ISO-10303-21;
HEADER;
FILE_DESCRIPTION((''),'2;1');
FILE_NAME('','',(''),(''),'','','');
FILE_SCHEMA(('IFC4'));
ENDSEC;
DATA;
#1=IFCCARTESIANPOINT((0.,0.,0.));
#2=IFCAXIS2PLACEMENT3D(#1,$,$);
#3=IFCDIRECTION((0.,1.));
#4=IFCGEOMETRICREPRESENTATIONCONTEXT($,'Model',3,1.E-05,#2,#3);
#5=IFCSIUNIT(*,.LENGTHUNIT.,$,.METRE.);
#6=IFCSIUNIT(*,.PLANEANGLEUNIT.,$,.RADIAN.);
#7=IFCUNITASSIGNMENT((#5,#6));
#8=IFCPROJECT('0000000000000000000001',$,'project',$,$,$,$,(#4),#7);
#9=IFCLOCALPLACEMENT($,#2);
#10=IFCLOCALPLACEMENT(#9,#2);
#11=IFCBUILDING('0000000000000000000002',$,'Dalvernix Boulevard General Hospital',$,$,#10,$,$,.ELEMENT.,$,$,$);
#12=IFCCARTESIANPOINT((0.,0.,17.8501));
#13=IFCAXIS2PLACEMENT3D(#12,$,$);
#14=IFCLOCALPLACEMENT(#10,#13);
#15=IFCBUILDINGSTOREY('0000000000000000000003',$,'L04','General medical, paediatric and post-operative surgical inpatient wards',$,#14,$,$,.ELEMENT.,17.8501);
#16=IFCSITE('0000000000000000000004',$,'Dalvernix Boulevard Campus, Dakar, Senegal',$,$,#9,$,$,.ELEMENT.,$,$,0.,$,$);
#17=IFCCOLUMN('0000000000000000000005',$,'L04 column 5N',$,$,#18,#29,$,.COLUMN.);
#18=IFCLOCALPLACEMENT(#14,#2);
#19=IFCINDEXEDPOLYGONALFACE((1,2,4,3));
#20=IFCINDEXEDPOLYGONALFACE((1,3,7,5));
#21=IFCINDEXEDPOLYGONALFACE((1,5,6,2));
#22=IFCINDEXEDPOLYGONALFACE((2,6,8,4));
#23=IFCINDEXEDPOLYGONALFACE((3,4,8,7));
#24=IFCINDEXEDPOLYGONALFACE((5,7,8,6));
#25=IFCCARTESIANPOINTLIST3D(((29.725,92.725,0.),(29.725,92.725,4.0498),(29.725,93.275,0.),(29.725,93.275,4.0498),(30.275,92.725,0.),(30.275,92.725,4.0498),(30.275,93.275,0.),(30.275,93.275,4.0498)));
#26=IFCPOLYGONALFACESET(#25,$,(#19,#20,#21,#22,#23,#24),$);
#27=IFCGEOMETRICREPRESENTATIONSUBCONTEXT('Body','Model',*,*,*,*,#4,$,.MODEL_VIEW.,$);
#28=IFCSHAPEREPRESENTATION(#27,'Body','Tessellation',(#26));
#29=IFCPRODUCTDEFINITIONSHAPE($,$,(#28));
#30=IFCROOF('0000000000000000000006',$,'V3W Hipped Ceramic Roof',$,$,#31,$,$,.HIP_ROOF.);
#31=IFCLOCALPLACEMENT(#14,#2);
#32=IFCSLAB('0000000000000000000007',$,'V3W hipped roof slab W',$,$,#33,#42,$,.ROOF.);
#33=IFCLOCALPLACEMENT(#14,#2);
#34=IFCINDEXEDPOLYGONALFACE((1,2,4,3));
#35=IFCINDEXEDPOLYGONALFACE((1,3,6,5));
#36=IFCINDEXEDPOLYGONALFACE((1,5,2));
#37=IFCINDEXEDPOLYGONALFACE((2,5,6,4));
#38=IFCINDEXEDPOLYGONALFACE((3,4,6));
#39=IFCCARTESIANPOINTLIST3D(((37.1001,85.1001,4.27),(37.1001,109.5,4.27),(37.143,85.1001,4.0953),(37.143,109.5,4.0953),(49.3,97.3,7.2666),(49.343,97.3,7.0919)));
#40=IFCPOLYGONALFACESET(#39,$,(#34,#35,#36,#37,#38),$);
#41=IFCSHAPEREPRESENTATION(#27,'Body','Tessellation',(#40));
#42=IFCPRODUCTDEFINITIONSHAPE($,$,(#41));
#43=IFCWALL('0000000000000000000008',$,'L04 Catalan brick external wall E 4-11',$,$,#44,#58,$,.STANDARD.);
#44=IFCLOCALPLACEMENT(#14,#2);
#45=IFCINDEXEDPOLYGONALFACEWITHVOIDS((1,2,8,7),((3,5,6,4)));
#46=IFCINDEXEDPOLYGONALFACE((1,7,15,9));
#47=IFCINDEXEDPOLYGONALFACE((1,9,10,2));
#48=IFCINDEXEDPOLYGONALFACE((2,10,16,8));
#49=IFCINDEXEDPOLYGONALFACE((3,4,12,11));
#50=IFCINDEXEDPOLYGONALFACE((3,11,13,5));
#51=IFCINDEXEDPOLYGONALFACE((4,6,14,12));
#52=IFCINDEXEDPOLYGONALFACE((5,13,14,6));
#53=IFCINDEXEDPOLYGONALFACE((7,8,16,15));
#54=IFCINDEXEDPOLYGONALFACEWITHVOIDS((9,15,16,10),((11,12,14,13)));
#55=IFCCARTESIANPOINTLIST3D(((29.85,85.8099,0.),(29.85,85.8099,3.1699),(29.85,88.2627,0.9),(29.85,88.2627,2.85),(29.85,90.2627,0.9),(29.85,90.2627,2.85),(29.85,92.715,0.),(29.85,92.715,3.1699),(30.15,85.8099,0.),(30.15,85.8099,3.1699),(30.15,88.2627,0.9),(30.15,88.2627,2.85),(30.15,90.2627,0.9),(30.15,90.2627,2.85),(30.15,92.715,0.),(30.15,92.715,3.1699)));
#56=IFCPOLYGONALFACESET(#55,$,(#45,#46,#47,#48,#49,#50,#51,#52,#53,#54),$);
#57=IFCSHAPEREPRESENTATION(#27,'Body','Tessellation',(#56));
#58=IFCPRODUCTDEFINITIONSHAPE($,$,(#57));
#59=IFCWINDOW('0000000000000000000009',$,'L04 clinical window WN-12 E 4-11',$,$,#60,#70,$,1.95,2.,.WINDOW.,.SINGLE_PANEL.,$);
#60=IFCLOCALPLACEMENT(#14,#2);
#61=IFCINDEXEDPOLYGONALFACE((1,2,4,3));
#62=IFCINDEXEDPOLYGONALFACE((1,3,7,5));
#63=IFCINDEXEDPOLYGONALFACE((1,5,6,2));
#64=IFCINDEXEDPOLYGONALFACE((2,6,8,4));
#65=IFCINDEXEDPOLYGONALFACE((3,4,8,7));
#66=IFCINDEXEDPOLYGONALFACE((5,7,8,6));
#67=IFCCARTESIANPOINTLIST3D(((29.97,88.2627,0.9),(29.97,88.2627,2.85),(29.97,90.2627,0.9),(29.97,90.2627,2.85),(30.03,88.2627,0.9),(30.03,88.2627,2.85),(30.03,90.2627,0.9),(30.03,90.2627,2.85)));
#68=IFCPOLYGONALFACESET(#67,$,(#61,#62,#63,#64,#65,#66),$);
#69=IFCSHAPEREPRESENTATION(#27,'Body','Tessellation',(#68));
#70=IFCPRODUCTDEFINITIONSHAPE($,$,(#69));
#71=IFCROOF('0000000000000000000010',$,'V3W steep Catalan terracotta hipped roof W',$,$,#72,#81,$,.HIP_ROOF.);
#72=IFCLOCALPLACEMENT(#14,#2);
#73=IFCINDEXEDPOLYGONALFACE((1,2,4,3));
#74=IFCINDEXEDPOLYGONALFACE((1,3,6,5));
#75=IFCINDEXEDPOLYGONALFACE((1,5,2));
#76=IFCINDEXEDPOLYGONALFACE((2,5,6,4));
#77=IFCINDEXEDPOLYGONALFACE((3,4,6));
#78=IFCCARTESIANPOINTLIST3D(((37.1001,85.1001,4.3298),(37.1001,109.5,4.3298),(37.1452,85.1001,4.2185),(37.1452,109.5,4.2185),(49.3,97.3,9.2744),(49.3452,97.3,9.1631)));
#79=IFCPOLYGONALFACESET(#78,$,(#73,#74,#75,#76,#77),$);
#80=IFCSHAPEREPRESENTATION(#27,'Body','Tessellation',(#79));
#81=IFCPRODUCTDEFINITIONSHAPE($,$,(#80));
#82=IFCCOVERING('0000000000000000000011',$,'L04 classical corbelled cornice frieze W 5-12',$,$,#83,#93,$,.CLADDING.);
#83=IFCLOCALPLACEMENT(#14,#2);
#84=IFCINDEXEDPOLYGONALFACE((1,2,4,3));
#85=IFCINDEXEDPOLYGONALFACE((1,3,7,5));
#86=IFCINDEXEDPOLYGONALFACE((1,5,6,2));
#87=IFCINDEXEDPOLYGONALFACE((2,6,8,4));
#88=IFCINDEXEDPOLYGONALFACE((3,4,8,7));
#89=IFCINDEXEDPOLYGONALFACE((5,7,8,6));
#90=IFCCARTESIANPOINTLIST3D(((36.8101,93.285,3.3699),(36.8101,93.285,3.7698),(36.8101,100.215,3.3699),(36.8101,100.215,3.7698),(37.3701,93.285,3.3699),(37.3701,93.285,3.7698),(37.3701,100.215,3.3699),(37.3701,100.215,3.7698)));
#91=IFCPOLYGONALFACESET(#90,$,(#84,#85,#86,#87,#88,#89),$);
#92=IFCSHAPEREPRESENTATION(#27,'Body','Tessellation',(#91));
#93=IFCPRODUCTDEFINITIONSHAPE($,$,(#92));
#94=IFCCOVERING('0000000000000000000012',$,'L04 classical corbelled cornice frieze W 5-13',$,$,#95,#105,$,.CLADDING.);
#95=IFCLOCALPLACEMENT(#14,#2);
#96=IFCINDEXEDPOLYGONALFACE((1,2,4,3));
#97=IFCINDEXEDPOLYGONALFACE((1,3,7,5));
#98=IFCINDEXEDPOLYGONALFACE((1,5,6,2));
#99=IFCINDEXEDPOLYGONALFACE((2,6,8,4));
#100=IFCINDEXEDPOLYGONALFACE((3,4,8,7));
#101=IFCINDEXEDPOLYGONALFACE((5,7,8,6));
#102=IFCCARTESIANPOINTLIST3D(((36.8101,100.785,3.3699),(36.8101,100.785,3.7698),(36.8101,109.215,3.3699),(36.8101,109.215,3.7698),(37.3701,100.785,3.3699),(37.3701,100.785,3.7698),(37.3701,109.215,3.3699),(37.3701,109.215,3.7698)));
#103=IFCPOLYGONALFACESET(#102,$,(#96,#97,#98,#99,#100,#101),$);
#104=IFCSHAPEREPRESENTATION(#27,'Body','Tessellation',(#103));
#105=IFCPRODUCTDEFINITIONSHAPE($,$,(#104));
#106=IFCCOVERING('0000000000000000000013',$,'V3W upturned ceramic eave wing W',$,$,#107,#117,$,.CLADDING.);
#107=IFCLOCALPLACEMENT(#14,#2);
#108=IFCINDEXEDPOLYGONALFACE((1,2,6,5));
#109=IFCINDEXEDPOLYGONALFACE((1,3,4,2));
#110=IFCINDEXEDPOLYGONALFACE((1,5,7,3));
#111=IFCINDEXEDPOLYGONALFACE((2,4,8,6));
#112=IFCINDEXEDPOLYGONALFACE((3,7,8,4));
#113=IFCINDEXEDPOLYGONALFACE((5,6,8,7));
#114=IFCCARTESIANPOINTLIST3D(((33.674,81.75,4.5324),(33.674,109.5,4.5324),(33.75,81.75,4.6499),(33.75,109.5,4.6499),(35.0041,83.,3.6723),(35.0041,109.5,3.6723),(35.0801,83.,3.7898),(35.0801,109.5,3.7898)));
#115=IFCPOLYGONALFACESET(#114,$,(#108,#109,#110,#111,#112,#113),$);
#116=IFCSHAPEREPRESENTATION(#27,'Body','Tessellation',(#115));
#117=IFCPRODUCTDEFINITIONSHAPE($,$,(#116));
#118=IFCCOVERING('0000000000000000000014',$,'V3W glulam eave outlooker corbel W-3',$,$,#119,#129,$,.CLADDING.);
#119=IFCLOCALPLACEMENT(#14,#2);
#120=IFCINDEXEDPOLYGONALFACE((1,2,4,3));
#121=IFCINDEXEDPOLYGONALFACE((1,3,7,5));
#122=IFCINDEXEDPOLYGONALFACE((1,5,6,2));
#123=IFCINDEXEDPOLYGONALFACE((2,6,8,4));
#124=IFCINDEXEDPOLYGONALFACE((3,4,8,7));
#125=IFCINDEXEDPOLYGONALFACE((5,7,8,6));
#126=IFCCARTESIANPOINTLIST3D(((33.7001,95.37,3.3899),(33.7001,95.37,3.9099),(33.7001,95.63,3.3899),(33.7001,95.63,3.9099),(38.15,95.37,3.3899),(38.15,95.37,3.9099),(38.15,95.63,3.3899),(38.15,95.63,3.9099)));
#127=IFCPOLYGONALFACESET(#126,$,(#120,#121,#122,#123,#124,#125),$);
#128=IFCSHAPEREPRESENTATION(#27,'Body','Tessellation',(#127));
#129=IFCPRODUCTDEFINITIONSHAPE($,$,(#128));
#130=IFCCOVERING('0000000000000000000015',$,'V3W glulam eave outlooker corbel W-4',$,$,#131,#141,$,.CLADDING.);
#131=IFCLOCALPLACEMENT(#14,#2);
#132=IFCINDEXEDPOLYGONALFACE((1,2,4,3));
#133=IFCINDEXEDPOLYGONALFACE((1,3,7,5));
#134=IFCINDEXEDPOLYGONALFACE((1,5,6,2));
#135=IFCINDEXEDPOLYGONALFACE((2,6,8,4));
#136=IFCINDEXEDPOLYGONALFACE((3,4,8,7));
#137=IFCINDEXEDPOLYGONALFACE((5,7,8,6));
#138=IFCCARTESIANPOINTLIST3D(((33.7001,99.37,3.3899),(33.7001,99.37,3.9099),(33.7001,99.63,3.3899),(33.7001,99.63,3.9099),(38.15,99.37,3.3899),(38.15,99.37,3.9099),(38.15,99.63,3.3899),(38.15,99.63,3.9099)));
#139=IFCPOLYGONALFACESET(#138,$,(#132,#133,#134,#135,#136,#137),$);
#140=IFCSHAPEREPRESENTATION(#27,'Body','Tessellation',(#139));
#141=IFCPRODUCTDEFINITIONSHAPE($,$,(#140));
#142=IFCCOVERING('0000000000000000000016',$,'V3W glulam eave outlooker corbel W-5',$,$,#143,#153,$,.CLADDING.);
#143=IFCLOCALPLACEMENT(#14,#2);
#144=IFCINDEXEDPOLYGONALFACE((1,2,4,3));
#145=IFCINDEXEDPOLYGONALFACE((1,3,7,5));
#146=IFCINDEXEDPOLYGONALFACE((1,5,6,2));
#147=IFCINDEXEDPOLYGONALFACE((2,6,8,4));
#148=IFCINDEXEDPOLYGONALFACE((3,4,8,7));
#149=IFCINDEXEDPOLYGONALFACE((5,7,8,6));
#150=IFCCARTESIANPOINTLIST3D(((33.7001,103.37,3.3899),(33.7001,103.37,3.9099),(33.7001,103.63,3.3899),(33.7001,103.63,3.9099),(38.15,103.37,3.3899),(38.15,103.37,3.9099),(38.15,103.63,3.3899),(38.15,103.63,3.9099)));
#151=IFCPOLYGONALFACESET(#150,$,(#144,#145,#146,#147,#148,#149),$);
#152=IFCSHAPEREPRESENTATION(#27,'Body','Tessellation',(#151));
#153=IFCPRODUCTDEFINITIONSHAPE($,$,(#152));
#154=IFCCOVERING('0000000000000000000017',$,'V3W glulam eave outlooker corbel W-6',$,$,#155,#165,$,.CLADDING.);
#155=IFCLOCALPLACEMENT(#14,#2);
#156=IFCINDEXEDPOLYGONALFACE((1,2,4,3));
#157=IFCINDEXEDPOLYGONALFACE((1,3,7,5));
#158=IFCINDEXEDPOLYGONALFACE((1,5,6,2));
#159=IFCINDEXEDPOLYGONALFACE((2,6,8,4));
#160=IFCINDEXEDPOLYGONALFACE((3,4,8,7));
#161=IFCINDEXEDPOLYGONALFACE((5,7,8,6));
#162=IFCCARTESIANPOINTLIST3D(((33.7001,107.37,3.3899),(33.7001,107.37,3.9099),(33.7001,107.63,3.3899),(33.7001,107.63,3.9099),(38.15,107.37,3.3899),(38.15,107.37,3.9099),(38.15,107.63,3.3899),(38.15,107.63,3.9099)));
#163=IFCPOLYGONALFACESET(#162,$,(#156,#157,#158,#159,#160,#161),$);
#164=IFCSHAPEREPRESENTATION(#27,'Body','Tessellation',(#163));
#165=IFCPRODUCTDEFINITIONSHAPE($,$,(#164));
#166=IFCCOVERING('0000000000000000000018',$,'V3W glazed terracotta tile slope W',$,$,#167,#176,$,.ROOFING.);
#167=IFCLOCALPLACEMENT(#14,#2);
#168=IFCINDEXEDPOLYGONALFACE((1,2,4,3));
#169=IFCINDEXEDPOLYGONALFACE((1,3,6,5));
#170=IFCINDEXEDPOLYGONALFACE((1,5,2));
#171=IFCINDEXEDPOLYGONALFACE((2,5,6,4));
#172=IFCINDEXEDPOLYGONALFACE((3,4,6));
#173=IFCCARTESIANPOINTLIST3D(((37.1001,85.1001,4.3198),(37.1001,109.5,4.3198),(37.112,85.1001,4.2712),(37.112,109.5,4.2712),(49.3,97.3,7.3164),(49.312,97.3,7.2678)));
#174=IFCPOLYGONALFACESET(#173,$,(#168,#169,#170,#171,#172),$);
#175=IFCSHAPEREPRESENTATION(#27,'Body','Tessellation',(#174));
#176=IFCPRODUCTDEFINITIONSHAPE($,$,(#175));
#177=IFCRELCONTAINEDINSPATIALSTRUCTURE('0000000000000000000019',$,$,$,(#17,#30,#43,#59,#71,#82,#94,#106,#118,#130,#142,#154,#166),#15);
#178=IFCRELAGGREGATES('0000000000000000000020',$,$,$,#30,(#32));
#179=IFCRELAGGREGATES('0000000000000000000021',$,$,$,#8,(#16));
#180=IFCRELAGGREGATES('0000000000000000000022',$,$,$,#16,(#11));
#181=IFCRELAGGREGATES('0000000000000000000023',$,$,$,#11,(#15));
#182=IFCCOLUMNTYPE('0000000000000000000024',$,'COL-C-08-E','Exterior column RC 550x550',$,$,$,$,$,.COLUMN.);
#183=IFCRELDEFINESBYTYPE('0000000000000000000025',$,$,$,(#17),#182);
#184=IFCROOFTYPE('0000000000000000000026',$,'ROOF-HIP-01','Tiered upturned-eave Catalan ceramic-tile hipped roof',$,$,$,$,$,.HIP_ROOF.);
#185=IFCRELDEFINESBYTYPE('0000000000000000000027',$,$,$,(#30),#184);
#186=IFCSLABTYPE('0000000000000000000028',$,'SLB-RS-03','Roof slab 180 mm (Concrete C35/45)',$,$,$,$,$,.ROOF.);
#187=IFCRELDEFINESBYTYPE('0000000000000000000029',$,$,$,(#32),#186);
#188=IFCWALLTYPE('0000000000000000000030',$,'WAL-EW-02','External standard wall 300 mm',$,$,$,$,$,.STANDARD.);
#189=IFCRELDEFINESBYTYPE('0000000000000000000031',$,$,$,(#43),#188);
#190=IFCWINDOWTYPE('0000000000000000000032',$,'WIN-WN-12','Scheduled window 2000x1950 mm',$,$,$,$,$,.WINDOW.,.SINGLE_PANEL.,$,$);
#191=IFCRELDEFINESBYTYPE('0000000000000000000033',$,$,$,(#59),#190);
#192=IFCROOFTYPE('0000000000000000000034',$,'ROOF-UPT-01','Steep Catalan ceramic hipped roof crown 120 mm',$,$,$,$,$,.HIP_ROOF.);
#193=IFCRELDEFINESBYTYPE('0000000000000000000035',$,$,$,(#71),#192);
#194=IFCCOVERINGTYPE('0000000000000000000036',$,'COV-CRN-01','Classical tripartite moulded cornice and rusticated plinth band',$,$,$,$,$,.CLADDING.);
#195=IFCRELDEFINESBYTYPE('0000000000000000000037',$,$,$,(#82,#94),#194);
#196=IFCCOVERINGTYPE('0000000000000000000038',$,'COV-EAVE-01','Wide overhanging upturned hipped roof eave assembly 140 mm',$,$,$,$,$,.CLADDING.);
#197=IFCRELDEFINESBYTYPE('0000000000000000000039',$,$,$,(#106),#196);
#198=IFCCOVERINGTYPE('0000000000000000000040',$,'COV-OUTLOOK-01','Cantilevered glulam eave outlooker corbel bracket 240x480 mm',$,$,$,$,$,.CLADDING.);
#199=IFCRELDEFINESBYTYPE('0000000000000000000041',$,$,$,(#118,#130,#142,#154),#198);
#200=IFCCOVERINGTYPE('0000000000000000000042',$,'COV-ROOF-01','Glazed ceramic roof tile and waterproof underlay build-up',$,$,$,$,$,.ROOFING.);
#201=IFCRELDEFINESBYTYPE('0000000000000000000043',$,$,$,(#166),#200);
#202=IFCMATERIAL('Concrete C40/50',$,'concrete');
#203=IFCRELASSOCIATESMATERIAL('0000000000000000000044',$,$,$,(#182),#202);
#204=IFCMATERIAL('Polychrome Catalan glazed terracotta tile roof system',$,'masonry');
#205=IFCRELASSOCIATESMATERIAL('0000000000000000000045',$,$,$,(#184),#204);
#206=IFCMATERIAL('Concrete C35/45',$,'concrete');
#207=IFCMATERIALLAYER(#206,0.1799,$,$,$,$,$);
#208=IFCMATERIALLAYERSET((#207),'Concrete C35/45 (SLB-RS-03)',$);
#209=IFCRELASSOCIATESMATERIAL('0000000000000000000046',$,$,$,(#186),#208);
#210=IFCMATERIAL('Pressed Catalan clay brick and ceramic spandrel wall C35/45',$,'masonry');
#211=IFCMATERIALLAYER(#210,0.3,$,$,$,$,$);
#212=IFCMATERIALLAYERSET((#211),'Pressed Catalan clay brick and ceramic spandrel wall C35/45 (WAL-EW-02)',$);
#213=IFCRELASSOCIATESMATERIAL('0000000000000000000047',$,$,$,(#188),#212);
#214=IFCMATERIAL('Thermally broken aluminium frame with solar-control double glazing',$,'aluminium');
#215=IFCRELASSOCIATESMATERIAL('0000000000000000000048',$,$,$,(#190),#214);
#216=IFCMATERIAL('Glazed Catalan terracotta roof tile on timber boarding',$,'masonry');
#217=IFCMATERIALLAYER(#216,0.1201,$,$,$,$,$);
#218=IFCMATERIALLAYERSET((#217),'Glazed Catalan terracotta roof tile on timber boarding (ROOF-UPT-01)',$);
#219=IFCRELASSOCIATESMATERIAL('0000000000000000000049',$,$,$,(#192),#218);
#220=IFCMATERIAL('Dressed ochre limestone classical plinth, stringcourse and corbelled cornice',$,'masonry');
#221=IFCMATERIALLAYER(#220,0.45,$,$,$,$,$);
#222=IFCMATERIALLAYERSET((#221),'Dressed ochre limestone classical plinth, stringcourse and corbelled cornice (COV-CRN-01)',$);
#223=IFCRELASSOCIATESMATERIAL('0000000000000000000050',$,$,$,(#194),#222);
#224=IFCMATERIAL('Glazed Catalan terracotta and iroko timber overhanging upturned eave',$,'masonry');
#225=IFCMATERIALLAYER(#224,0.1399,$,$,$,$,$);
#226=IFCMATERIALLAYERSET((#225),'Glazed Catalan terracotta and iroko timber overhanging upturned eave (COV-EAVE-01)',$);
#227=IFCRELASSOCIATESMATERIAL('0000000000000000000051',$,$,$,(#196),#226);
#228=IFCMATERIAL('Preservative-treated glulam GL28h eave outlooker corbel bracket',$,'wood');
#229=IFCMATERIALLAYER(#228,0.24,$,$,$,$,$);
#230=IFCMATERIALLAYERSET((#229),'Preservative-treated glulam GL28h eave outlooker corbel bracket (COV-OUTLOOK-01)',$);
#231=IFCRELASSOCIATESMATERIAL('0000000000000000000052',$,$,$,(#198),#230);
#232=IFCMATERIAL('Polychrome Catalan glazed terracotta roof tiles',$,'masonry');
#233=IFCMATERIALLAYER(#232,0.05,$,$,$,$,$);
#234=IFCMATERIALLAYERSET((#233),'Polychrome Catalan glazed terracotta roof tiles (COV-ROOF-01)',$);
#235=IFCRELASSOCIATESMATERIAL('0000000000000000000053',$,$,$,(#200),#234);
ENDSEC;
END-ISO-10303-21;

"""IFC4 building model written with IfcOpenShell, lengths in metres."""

from ifc_helpers import new_model, si_unit, direction, frame, frame_2d, origin, origin_2d, place, context, subcontext, project, spatial, polyline, rectangle, outline, extrude, material, layer, layer_set, material_profile, profile_set, type_object, element, fill, aggregate, save


model = new_model("IFC4")

# Units and contexts
model_context = context("Model", 3, precision=1e-05, world=origin(), true_north=direction((0.0, 1.0)))
body_context = subcontext(model_context, "Body", "Model", "MODEL_VIEW")
ifc_project = project(units=[si_unit("LENGTHUNIT", "METRE"), si_unit("PLANEANGLEUNIT", "RADIAN")], contexts=[model_context])

# Site, building, storey
site_placement = place(None, origin())
site = spatial("IfcSite", under=ifc_project, at=site_placement, Name="Dalvernix Boulevard Campus, Dakar, Senegal", CompositionType="ELEMENT", RefElevation=0.0)
building_placement = place(site_placement, origin())
building = spatial("IfcBuilding", under=site, at=building_placement, Name="Dalvernix Boulevard General Hospital", CompositionType="ELEMENT")
storey_placement = place(building_placement, frame((0.0, 0.0, 17.8501)))
storey = spatial("IfcBuildingStorey", under=building, at=storey_placement, Name="L04", Description="General medical, paediatric and post-operative surgical inpatient wards", CompositionType="ELEMENT", Elevation=17.8501)

# Column
ifc_material_1 = material(Name="Concrete C40/50", Category="concrete")
ifc_material_profile = material_profile(ifc_material_1, rectangle(XDim=0.55, YDim=0.55, at=origin_2d()), Name="RC 550x550")
ifc_profile_set = profile_set([ifc_material_profile], Name="Concrete C40/50")
column_type = type_object("IfcColumnType", Name="COL-C-08-E", Description="Exterior column RC 550x550", PredefinedType="COLUMN", material=ifc_profile_set)
column_placement = place(storey_placement, frame((30.0, 93.0, 0.0), z_axis=(0.0, 0.0, 1.0), x_axis=(1.0, 0.0, 0.0)))
element("IfcColumn", 1, at=column_placement, inside=storey, type_object=column_type, Name="L04 column 5N", PredefinedType="COLUMN", context=body_context, shape_type="SweptSolid", body=[
    extrude(rectangle(XDim=0.55, YDim=0.55, at=origin_2d()), origin(), (0.0, 0.0, 1.0), 4.0498),
])

# Roof, slab
ifc_material_2 = material(Name="Polychrome Catalan glazed terracotta tile roof system", Category="masonry")
roof_type_1 = type_object("IfcRoofType", Name="ROOF-HIP-01", Description="Tiered upturned-eave Catalan ceramic-tile hipped roof", PredefinedType="HIP_ROOF", material=ifc_material_2)
roof_1_placement = place(storey_placement, origin())
roof_1 = element("IfcRoof", 2, at=roof_1_placement, inside=storey, type_object=roof_type_1, Name="V3W Hipped Ceramic Roof", PredefinedType="HIP_ROOF")
ifc_material_3 = material(Name="Concrete C35/45", Category="concrete")
ifc_layer_1 = layer(ifc_material_3, 0.1799)
ifc_layer_set_1 = layer_set([ifc_layer_1], Name="Concrete C35/45 (SLB-RS-03)")
slab_type = type_object("IfcSlabType", Name="SLB-RS-03", Description="Roof slab 180 mm (Concrete C35/45)", PredefinedType="ROOF", material=ifc_layer_set_1)
slab_placement = place(storey_placement, frame((37.1001, 109.5, 4.27), z_axis=(-0.238532, 0.0, 0.971135), x_axis=(0.0, -1.0, 0.0)))
slab = element("IfcSlab", 3, at=slab_placement, type_object=slab_type, Name="V3W hipped roof slab W", PredefinedType="ROOF", context=body_context, shape_type="SweptSolid", body=[
    extrude(outline(polyline([(0.0, 0.0), (24.3999, 0.0), (12.2, 12.5626), (0.0, 0.0)])), origin(), (0.0, 0.0, -1.0), 0.1799),
])
aggregate(roof_1, [slab])

# Wall, opening, window
ifc_material_4 = material(Name="Pressed Catalan clay brick and ceramic spandrel wall C35/45", Category="masonry")
ifc_layer_2 = layer(ifc_material_4, 0.3)
ifc_layer_set_2 = layer_set([ifc_layer_2], Name="Pressed Catalan clay brick and ceramic spandrel wall C35/45 (WAL-EW-02)")
wall_type = type_object("IfcWallType", Name="WAL-EW-02", Description="External standard wall 300 mm", PredefinedType="STANDARD", material=ifc_layer_set_2)
wall_placement = place(storey_placement, frame((30.0, 92.7151, 0.0), z_axis=(0.0, 0.0, 1.0), x_axis=(0.0, -1.0, 0.0)))
wall = element("IfcWall", 4, at=wall_placement, inside=storey, type_object=wall_type, Name="L04 Catalan brick external wall E 4-11", PredefinedType="STANDARD", context=body_context, shape_type="SweptSolid", body=[
    extrude(rectangle(XDim=6.905, YDim=0.3, at=frame_2d((3.4526, 0.0))), origin(), (0.0, 0.0, 1.0), 3.1699),
])
opening_placement = place(wall_placement, frame((2.4524, 0.0, 0.8999)))
opening = element("IfcOpeningElement", 5, at=opening_placement, cuts=wall, PredefinedType="OPENING", context=body_context, shape_type="SweptSolid", body=[
    extrude(rectangle(XDim=2.0, YDim=1.95, at=frame_2d((1.0, 0.9751))), frame((0.0, 0.1599, 0.0), z_axis=(0.0, -1.0, 0.0), x_axis=(1.0, 0.0, 0.0)), (0.0, 0.0, 1.0), 0.3201),
])
ifc_material_5 = material(Name="Thermally broken aluminium frame with solar-control double glazing", Category="aluminium")
window_type = type_object("IfcWindowType", Name="WIN-WN-12", Description="Scheduled window 2000x1950 mm", PartitioningType="SINGLE_PANEL", PredefinedType="WINDOW", material=ifc_material_5)
window_placement = place(opening_placement, origin())
window = element("IfcWindow", 6, at=window_placement, inside=storey, type_object=window_type, Name="L04 clinical window WN-12 E 4-11", OverallHeight=1.95, OverallWidth=2.0, PartitioningType="SINGLE_PANEL", PredefinedType="WINDOW", context=body_context, shape_type="SweptSolid", body=[
    extrude(rectangle(XDim=2.0, YDim=1.95, at=frame_2d((1.0, 0.9751))), frame((0.0, 0.03, 0.0), z_axis=(0.0, -1.0, 0.0), x_axis=(1.0, 0.0, 0.0)), (0.0, 0.0, 1.0), 0.0601),
])
fill(opening, window)

# Roof
ifc_material_6 = material(Name="Glazed Catalan terracotta roof tile on timber boarding", Category="masonry")
ifc_layer_3 = layer(ifc_material_6, 0.1201)
ifc_layer_set_3 = layer_set([ifc_layer_3], Name="Glazed Catalan terracotta roof tile on timber boarding (ROOF-UPT-01)")
roof_type_2 = type_object("IfcRoofType", Name="ROOF-UPT-01", Description="Steep Catalan ceramic hipped roof crown 120 mm", PredefinedType="HIP_ROOF", material=ifc_layer_set_3)
roof_2_placement = place(storey_placement, frame((37.1001, 109.5, 4.3298), z_axis=(-0.375617, 0.0, 0.926775), x_axis=(0.0, -1.0, 0.0)))
element("IfcRoof", 7, at=roof_2_placement, inside=storey, type_object=roof_type_2, Name="V3W steep Catalan terracotta hipped roof W", PredefinedType="HIP_ROOF", context=body_context, shape_type="SweptSolid", body=[
    extrude(outline(polyline([(0.0, 0.0), (24.3999, 0.0), (12.2, 13.1639), (0.0, 0.0)])), origin(), (0.0, 0.0, -1.0), 0.1201),
])

# Coverings
ifc_material_7 = material(Name="Dressed ochre limestone classical plinth, stringcourse and corbelled cornice", Category="masonry")
ifc_layer_4 = layer(ifc_material_7, 0.45)
ifc_layer_set_4 = layer_set([ifc_layer_4], Name="Dressed ochre limestone classical plinth, stringcourse and corbelled cornice (COV-CRN-01)")
covering_type_1 = type_object("IfcCoveringType", Name="COV-CRN-01", Description="Classical tripartite moulded cornice and rusticated plinth band", PredefinedType="CLADDING", material=ifc_layer_set_4)
covering_1_placement = place(storey_placement, frame((37.0901, 96.75, 3.3699), z_axis=(0.0, 0.0, 1.0), x_axis=(0.0, 1.0, 0.0)))
element("IfcCovering", 8, at=covering_1_placement, inside=storey, type_object=covering_type_1, Name="L04 classical corbelled cornice frieze W 5-12", PredefinedType="CLADDING", context=body_context, shape_type="SweptSolid", body=[
    extrude(rectangle(XDim=6.9299, YDim=0.5601, at=origin_2d()), origin(), (0.0, 0.0, 1.0), 0.3999),
])
covering_2_placement = place(storey_placement, frame((37.0901, 105.0, 3.3699), z_axis=(0.0, 0.0, 1.0), x_axis=(0.0, 1.0, 0.0)))
element("IfcCovering", 9, at=covering_2_placement, inside=storey, type_object=covering_type_1, Name="L04 classical corbelled cornice frieze W 5-13", PredefinedType="CLADDING", context=body_context, shape_type="SweptSolid", body=[
    extrude(rectangle(XDim=8.4299, YDim=0.5601, at=origin_2d()), origin(), (0.0, 0.0, 1.0), 0.3999),
])
ifc_material_8 = material(Name="Glazed Catalan terracotta and iroko timber overhanging upturned eave", Category="masonry")
ifc_layer_5 = layer(ifc_material_8, 0.1399)
ifc_layer_set_5 = layer_set([ifc_layer_5], Name="Glazed Catalan terracotta and iroko timber overhanging upturned eave (COV-EAVE-01)")
covering_type_2 = type_object("IfcCoveringType", Name="COV-EAVE-01", Description="Wide overhanging upturned hipped roof eave assembly 140 mm", PredefinedType="CLADDING", material=ifc_layer_set_5)
covering_3_placement = place(storey_placement, frame((35.0801, 109.5, 3.7898), z_axis=(0.543015, 0.0, 0.839723), x_axis=(0.0, -1.0, 0.0)))
element("IfcCovering", 10, at=covering_3_placement, inside=storey, type_object=covering_type_2, Name="V3W upturned ceramic eave wing W", PredefinedType="CLADDING", context=body_context, shape_type="SweptSolid", body=[
    extrude(outline(polyline([(0.0, 0.0), (26.5, 0.0), (27.75, -1.5839), (0.0, -1.5839), (0.0, 0.0)])), origin(), (0.0, 0.0, -1.0), 0.1399),
])
ifc_material_9 = material(Name="Preservative-treated glulam GL28h eave outlooker corbel bracket", Category="wood")
ifc_layer_6 = layer(ifc_material_9, 0.24)
ifc_layer_set_6 = layer_set([ifc_layer_6], Name="Preservative-treated glulam GL28h eave outlooker corbel bracket (COV-OUTLOOK-01)")
covering_type_3 = type_object("IfcCoveringType", Name="COV-OUTLOOK-01", Description="Cantilevered glulam eave outlooker corbel bracket 240x480 mm", PredefinedType="CLADDING", material=ifc_layer_set_6)
for number, where, z_axis, x_axis, name in (
    (11, (35.925, 95.5, 3.3899), (0.0, 0.0, 1.0), (1.0, 0.0, 0.0), "V3W glulam eave outlooker corbel W-3"),
    (12, (35.925, 99.5, 3.3899), (0.0, 0.0, 1.0), (1.0, 0.0, 0.0), "V3W glulam eave outlooker corbel W-4"),
    (13, (35.925, 103.5, 3.3899), (0.0, 0.0, 1.0), (1.0, 0.0, 0.0), "V3W glulam eave outlooker corbel W-5"),
    (14, (35.925, 107.5, 3.3899), (0.0, 0.0, 1.0), (1.0, 0.0, 0.0), "V3W glulam eave outlooker corbel W-6"),
):
    element("IfcCovering", number, at=place(storey_placement, frame(where, z_axis=z_axis, x_axis=x_axis)), inside=storey, type_object=covering_type_3, Name=name, PredefinedType="CLADDING", context=body_context, shape_type="SweptSolid", body=[
        extrude(rectangle(XDim=4.45, YDim=0.26, at=origin_2d()), origin(), (0.0, 0.0, 1.0), 0.52),
    ])
ifc_material_10 = material(Name="Polychrome Catalan glazed terracotta roof tiles", Category="masonry")
ifc_layer_7 = layer(ifc_material_10, 0.05)
ifc_layer_set_7 = layer_set([ifc_layer_7], Name="Polychrome Catalan glazed terracotta roof tiles (COV-ROOF-01)")
covering_type_4 = type_object("IfcCoveringType", Name="COV-ROOF-01", Description="Glazed ceramic roof tile and waterproof underlay build-up", PredefinedType="ROOFING", material=ifc_layer_set_7)
covering_4_placement = place(storey_placement, frame((37.1001, 109.5, 4.3198), z_axis=(-0.238532, 0.0, 0.971135), x_axis=(0.0, -1.0, 0.0)))
element("IfcCovering", 15, at=covering_4_placement, inside=storey, type_object=covering_type_4, Name="V3W glazed terracotta tile slope W", PredefinedType="ROOFING", context=body_context, shape_type="SweptSolid", body=[
    extrude(outline(polyline([(0.0, 0.0), (24.3999, 0.0), (12.2, 12.5626), (0.0, 0.0)])), origin(), (0.0, 0.0, -1.0), 0.05),
])

save(model, "model.ifc")
